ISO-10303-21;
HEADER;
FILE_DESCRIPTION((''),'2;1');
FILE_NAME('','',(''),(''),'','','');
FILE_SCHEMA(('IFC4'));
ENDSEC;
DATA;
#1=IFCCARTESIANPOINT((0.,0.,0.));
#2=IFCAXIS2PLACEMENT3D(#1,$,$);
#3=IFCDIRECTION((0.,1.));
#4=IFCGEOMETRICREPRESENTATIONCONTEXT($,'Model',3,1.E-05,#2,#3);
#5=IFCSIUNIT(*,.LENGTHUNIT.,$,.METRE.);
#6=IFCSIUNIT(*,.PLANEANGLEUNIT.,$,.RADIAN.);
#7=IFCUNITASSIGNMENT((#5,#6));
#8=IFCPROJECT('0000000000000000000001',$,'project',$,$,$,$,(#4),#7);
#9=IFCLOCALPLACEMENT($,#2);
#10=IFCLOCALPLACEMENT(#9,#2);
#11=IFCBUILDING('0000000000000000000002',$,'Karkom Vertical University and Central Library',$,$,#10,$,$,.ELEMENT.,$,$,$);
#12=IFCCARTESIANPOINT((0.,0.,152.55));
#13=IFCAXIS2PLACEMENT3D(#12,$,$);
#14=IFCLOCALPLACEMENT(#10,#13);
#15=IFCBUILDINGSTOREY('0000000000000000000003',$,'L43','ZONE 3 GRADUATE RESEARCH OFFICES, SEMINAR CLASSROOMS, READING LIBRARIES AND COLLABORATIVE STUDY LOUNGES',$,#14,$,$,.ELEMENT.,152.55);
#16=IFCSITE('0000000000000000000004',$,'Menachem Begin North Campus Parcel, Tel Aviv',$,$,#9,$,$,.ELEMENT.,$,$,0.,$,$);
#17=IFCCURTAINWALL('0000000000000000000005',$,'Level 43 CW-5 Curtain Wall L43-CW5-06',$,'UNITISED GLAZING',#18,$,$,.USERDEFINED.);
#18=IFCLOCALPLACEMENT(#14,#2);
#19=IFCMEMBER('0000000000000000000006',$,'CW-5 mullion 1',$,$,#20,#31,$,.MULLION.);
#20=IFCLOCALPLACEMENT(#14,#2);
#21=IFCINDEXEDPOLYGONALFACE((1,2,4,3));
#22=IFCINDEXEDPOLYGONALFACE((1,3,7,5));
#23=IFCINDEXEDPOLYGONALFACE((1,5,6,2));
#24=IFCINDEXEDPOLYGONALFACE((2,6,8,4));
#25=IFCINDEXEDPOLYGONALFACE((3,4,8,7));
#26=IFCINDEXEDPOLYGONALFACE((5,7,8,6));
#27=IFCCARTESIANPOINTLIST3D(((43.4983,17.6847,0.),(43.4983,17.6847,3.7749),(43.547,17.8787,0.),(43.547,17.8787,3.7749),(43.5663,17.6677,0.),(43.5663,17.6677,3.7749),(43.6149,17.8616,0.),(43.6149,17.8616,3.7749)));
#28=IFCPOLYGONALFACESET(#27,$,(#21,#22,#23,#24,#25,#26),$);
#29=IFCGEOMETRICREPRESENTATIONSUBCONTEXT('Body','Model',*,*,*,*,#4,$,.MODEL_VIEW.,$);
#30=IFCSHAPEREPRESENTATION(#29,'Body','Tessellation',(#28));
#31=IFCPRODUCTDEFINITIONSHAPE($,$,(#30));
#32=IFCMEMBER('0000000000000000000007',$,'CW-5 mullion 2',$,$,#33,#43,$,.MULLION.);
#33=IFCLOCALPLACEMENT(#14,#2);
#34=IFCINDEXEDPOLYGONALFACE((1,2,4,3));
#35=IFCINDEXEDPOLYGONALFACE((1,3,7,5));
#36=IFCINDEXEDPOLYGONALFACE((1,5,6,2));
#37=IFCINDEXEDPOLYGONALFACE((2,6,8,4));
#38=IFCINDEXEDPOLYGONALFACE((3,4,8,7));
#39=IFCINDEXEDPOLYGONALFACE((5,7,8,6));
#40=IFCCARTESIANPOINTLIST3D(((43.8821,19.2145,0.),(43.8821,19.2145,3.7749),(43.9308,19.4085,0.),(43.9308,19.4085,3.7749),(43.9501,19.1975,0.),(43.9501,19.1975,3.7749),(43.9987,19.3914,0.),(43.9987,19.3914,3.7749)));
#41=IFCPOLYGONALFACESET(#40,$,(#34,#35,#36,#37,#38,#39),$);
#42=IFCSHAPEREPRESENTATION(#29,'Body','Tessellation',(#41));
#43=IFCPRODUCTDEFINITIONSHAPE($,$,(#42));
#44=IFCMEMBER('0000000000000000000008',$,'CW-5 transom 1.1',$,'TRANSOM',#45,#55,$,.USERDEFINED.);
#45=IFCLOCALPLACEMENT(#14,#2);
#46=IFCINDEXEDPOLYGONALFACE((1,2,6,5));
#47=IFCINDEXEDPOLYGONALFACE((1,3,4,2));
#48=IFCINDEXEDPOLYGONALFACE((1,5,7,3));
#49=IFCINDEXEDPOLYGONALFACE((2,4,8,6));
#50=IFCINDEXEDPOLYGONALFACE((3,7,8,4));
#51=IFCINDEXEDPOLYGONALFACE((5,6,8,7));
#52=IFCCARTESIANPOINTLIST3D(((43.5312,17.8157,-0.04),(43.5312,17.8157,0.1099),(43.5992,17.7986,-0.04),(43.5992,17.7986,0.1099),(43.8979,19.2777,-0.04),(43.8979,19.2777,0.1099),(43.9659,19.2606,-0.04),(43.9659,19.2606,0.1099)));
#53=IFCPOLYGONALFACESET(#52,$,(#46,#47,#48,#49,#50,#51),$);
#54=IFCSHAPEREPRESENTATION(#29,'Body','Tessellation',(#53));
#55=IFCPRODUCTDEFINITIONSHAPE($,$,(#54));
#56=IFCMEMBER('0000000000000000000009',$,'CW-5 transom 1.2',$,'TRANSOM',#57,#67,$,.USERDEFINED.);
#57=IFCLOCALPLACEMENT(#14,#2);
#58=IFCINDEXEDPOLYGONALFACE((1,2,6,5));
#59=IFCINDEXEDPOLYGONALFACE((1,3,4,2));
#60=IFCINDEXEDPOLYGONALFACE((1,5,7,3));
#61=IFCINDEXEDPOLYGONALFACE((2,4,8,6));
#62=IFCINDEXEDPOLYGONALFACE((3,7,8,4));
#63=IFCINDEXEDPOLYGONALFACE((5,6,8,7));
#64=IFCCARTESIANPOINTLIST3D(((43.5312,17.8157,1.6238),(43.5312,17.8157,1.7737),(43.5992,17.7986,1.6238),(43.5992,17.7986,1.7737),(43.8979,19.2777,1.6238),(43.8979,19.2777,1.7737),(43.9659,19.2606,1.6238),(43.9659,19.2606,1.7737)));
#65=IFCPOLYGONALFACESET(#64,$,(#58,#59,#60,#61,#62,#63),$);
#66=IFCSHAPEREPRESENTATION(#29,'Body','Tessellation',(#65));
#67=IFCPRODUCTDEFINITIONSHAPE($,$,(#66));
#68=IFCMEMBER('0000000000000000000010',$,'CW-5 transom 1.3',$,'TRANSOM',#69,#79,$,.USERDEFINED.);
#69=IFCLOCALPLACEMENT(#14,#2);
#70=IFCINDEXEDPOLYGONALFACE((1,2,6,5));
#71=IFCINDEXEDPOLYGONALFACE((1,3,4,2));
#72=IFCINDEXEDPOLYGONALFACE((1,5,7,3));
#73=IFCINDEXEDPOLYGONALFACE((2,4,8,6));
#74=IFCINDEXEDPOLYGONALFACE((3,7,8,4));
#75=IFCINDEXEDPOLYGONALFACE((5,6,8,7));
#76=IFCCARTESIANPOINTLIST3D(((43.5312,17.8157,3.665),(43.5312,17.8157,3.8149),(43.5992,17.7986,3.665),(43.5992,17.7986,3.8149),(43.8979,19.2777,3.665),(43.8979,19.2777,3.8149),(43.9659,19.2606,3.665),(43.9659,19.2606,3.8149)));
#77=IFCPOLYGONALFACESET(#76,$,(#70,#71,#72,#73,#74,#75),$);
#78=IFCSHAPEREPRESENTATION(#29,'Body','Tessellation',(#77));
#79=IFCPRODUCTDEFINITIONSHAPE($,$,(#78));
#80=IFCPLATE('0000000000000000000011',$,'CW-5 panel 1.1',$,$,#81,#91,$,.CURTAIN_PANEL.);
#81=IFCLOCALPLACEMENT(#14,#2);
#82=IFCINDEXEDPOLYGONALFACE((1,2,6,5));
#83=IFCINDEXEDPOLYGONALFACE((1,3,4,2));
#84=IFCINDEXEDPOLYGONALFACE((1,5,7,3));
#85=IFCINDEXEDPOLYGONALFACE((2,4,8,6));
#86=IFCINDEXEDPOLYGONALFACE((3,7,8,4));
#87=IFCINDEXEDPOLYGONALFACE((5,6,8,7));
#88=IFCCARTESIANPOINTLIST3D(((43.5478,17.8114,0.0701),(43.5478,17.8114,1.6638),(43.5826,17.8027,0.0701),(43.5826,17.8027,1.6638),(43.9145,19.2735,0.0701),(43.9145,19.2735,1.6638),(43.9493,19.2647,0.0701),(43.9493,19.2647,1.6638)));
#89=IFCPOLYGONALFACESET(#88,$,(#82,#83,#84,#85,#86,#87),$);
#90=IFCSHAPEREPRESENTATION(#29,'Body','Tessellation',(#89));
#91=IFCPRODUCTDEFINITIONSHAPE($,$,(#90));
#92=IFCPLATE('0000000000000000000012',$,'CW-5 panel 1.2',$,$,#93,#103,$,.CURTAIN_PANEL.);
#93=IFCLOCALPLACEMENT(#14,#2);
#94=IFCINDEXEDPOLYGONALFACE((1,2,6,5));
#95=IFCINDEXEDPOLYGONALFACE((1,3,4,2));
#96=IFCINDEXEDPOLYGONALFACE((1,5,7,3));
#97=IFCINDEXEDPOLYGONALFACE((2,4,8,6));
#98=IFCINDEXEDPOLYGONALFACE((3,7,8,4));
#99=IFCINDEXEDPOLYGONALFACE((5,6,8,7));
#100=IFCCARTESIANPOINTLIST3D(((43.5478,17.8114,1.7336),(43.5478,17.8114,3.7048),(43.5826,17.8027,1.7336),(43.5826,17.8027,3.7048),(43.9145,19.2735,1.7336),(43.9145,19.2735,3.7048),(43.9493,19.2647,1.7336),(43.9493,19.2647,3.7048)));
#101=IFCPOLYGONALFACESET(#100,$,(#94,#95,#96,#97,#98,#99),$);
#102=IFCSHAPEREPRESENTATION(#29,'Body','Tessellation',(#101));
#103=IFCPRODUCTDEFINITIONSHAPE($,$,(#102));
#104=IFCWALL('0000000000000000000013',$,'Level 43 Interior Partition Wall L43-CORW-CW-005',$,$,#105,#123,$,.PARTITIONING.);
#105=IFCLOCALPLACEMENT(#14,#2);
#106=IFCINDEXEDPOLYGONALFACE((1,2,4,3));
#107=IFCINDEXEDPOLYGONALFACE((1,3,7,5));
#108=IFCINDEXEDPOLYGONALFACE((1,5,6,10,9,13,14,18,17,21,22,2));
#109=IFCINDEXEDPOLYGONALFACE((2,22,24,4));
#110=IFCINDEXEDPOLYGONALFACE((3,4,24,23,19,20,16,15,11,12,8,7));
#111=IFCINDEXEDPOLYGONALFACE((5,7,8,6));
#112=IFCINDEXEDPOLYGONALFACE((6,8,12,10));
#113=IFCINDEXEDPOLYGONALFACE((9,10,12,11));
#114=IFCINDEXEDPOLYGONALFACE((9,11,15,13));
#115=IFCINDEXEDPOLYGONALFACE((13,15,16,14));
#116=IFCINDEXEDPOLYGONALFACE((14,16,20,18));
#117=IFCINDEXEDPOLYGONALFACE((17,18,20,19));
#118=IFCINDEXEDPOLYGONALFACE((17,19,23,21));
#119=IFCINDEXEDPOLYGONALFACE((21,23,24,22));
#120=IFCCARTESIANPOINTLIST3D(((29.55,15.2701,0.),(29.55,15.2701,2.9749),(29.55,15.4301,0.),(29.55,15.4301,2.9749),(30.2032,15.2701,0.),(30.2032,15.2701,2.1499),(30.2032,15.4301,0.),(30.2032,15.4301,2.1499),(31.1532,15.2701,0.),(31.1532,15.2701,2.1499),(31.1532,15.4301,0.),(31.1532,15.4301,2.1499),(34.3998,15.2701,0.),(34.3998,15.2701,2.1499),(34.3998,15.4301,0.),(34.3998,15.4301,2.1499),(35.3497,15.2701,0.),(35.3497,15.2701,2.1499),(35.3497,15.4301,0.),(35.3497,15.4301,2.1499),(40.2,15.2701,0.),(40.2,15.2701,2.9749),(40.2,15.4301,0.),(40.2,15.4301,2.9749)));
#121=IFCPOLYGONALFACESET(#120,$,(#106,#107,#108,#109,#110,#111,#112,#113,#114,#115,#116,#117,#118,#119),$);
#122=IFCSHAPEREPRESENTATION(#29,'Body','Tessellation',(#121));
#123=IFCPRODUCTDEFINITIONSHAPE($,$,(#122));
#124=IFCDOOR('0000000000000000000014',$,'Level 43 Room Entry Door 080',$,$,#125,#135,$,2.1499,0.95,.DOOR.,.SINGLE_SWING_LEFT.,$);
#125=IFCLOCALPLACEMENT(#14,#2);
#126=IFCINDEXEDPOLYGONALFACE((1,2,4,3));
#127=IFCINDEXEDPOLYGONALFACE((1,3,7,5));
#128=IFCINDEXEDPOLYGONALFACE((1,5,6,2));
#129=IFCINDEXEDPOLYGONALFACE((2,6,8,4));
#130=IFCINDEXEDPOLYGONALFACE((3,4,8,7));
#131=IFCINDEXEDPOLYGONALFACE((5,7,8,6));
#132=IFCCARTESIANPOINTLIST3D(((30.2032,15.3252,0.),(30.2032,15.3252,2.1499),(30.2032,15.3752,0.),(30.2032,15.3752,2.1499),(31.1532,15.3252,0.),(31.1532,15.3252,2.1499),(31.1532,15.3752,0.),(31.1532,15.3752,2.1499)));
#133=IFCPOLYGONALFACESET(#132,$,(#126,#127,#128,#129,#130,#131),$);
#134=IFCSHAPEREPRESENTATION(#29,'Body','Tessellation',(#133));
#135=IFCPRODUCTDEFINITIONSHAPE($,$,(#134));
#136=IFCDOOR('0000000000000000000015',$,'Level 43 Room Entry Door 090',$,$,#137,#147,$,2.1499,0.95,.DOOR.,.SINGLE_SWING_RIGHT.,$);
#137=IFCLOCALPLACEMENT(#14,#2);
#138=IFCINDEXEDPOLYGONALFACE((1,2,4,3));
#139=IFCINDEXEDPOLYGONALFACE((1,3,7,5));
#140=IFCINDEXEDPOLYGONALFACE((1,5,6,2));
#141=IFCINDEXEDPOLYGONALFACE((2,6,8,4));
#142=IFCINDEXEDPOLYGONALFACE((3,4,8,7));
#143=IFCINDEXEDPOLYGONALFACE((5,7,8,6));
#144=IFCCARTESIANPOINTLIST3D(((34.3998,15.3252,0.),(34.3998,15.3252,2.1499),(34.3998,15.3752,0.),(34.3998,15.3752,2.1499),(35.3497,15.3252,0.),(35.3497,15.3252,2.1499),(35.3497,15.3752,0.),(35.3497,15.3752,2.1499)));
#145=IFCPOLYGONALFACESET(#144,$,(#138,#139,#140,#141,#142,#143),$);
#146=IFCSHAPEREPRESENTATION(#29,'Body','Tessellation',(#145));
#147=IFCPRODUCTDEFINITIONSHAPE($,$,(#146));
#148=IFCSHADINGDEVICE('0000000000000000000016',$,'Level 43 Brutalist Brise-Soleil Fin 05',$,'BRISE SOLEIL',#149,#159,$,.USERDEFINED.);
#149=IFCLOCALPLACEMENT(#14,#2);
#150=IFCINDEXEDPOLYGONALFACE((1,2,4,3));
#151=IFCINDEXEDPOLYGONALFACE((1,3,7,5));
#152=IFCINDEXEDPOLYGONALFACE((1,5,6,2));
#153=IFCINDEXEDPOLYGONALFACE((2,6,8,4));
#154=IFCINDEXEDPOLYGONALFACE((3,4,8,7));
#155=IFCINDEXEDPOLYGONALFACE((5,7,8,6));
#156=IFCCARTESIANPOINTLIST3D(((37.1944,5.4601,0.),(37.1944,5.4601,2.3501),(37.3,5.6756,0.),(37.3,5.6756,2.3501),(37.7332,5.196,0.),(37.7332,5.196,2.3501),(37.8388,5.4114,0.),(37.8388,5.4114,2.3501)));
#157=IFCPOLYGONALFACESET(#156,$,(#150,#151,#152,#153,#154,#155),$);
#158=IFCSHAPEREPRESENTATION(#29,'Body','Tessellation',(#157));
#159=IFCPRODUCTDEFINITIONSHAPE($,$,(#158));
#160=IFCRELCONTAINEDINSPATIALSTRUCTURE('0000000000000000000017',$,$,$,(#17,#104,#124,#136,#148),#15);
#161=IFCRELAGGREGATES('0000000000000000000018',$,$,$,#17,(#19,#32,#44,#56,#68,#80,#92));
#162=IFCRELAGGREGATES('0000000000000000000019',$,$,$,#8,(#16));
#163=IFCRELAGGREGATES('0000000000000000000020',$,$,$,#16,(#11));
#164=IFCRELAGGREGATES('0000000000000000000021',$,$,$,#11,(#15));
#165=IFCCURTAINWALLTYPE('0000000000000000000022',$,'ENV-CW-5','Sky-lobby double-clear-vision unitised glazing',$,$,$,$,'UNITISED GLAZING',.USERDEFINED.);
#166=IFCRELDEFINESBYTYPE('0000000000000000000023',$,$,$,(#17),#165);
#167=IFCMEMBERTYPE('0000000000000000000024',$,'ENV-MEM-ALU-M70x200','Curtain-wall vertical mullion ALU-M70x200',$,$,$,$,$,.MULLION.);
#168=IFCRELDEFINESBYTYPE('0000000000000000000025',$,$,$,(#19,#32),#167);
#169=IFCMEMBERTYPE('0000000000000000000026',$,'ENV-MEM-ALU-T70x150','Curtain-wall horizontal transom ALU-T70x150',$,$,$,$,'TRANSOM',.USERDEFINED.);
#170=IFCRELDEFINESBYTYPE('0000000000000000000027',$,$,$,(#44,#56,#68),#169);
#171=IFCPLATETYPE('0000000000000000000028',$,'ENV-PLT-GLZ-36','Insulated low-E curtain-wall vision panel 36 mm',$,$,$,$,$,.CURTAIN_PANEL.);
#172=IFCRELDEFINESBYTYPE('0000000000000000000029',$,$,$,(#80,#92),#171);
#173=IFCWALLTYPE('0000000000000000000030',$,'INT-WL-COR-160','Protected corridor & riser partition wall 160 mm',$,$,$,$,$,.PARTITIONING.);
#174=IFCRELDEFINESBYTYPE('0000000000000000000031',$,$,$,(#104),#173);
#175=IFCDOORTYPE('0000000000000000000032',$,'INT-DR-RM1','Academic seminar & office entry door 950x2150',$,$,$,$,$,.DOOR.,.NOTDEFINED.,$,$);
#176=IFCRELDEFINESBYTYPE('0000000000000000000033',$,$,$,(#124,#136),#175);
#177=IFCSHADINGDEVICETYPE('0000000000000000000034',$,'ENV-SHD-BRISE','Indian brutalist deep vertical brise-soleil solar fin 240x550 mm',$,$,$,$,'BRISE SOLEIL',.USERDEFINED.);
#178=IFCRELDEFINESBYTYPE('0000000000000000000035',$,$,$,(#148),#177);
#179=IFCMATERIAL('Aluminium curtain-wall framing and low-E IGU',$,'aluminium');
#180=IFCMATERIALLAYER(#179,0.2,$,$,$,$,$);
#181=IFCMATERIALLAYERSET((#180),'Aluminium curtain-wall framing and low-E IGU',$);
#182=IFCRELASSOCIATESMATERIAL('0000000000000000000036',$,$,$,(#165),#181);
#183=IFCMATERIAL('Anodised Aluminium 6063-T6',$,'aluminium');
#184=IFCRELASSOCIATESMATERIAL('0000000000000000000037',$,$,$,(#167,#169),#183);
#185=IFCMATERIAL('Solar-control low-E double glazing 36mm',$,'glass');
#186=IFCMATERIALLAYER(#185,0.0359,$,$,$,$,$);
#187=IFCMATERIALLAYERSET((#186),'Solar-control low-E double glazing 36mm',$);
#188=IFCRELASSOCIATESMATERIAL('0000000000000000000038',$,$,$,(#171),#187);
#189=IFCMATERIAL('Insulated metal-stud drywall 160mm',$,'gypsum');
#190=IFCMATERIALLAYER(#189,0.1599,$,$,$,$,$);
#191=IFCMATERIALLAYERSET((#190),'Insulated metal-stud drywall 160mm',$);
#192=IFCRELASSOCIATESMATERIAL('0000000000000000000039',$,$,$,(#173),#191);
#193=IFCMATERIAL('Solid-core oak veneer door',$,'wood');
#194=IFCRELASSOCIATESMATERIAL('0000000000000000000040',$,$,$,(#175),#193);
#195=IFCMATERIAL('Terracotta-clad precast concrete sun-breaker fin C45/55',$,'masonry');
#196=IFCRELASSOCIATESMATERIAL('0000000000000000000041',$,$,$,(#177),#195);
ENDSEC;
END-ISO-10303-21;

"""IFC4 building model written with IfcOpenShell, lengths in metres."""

from ifc_helpers import new_model, si_unit, direction, frame, frame_2d, origin, origin_with_axes, origin_2d, place, context, subcontext, project, spatial, rectangle, extrude, source, transform, mapped, material, layer, layer_set, material_profile, profile_set, type_object, element, fill, aggregate, save


model = new_model("IFC4")

# Units and contexts
model_context = context("Model", 3, precision=1e-05, world=origin(), true_north=direction((0.0, 1.0)))
body_context = subcontext(model_context, "Body", "Model", "MODEL_VIEW")
ifc_project = project(units=[si_unit("LENGTHUNIT", "METRE"), si_unit("PLANEANGLEUNIT", "RADIAN")], contexts=[model_context])

# Site, building, storey
site_placement = place(None, origin())
site = spatial("IfcSite", under=ifc_project, at=site_placement, Name="Menachem Begin North Campus Parcel, Tel Aviv", CompositionType="ELEMENT", RefElevation=0.0)
building_placement = place(site_placement, origin())
building = spatial("IfcBuilding", under=site, at=building_placement, Name="Karkom Vertical University and Central Library", CompositionType="ELEMENT")
storey_placement = place(building_placement, frame((0.0, 0.0, 152.55)))
storey = spatial("IfcBuildingStorey", under=building, at=storey_placement, Name="L43", Description="ZONE 3 GRADUATE RESEARCH OFFICES, SEMINAR CLASSROOMS, READING LIBRARIES AND COLLABORATIVE STUDY LOUNGES", CompositionType="ELEMENT", Elevation=152.55)

# Curtain wall, members, plates
ifc_material_1 = material(Name="Aluminium curtain-wall framing and low-E IGU", Category="aluminium")
ifc_layer_1 = layer(ifc_material_1, 0.2)
ifc_layer_set_1 = layer_set([ifc_layer_1], Name="Aluminium curtain-wall framing and low-E IGU")
curtain_wall_type = type_object("IfcCurtainWallType", Name="ENV-CW-5", Description="Sky-lobby double-clear-vision unitised glazing", ElementType="UNITISED GLAZING", PredefinedType="USERDEFINED", material=ifc_layer_set_1)
curtain_wall_placement = place(storey_placement, origin())
curtain_wall = element("IfcCurtainWall", 1, at=curtain_wall_placement, inside=storey, type_object=curtain_wall_type, Name="Level 43 CW-5 Curtain Wall L43-CW5-06", ObjectType="UNITISED GLAZING", PredefinedType="USERDEFINED")
ifc_material_2 = material(Name="Anodised Aluminium 6063-T6", Category="aluminium")
ifc_material_profile_1 = material_profile(ifc_material_2, rectangle(XDim=0.0701, YDim=0.2, at=origin_2d()), Name="ALU-M70x200")
ifc_profile_set_1 = profile_set([ifc_material_profile_1], Name="Anodised Aluminium 6063-T6")
member_type_1 = type_object("IfcMemberType", Name="ENV-MEM-ALU-M70x200", Description="Curtain-wall vertical mullion ALU-M70x200", PredefinedType="MULLION", material=ifc_profile_set_1)
shared_shape_1 = source(origin_with_axes(), body_context, "Body", "SweptSolid", [
    extrude(rectangle(XDim=0.0701, YDim=0.2, at=origin_2d()), origin(), (0.0, 0.0, 1.0), 3.7749),
])
member_1_placement = place(storey_placement, frame((43.5566, 17.7732, 0.0), z_axis=(0.0, 0.0, 1.0), x_axis=(-0.969956, 0.24328, 0.0)))
member_1 = element("IfcMember", 2, at=member_1_placement, type_object=member_type_1, Name="CW-5 mullion 1", PredefinedType="MULLION", context=body_context, shape_type="MappedRepresentation", body=[
    mapped(shared_shape_1, transform((0.0, 0.0, 0.0), scale=1.0)),
])
member_2_placement = place(storey_placement, frame((43.9404, 19.303, 0.0), z_axis=(0.0, 0.0, 1.0), x_axis=(-0.969956, 0.24328, 0.0)))
member_2 = element("IfcMember", 3, at=member_2_placement, type_object=member_type_1, Name="CW-5 mullion 2", PredefinedType="MULLION", context=body_context, shape_type="MappedRepresentation", body=[
    mapped(shared_shape_1, transform((0.0, 0.0, 0.0), scale=1.0)),
])
ifc_material_profile_2 = material_profile(ifc_material_2, rectangle(XDim=0.0701, YDim=0.1499, at=origin_2d()), Name="ALU-T70x150")
ifc_profile_set_2 = profile_set([ifc_material_profile_2], Name="Anodised Aluminium 6063-T6")
member_type_2 = type_object("IfcMemberType", Name="ENV-MEM-ALU-T70x150", Description="Curtain-wall horizontal transom ALU-T70x150", ElementType="TRANSOM", PredefinedType="USERDEFINED", material=ifc_profile_set_2)
shared_shape_2 = source(origin_with_axes(), body_context, "Body", "SweptSolid", [
    extrude(rectangle(XDim=0.0701, YDim=0.1499, at=origin_2d()), origin(), (0.0, 0.0, 1.0), 1.5073),
])
member_3_placement = place(storey_placement, frame((43.5652, 17.8071, 0.0349), z_axis=(0.243298, 0.969952, 0.0), x_axis=(-0.969952, 0.243298, 0.0)))
member_3 = element("IfcMember", 4, at=member_3_placement, type_object=member_type_2, Name="CW-5 transom 1.1", ObjectType="TRANSOM", PredefinedType="USERDEFINED", context=body_context, shape_type="MappedRepresentation", body=[
    mapped(shared_shape_2, transform((0.0, 0.0, 0.0), scale=1.0)),
])
member_4_placement = place(storey_placement, frame((43.5652, 17.8071, 1.6987), z_axis=(0.243298, 0.969952, 0.0), x_axis=(-0.969952, 0.243298, 0.0)))
member_4 = element("IfcMember", 5, at=member_4_placement, type_object=member_type_2, Name="CW-5 transom 1.2", ObjectType="TRANSOM", PredefinedType="USERDEFINED", context=body_context, shape_type="MappedRepresentation", body=[
    mapped(shared_shape_2, transform((0.0, 0.0, 0.0), scale=1.0)),
])
member_5_placement = place(storey_placement, frame((43.5652, 17.8071, 3.74), z_axis=(0.243298, 0.969952, 0.0), x_axis=(-0.969952, 0.243298, 0.0)))
member_5 = element("IfcMember", 6, at=member_5_placement, type_object=member_type_2, Name="CW-5 transom 1.3", ObjectType="TRANSOM", PredefinedType="USERDEFINED", context=body_context, shape_type="MappedRepresentation", body=[
    mapped(shared_shape_2, transform((0.0, 0.0, 0.0), scale=1.0)),
])
ifc_material_3 = material(Name="Solar-control low-E double glazing 36mm", Category="glass")
ifc_layer_2 = layer(ifc_material_3, 0.0359)
ifc_layer_set_2 = layer_set([ifc_layer_2], Name="Solar-control low-E double glazing 36mm")
plate_type = type_object("IfcPlateType", Name="ENV-PLT-GLZ-36", Description="Insulated low-E curtain-wall vision panel 36 mm", PredefinedType="CURTAIN_PANEL", material=ifc_layer_set_2)
shared_shape_3 = source(origin_with_axes(), body_context, "Body", "SweptSolid", [
    extrude(rectangle(XDim=1.5073, YDim=0.0359, at=origin_2d()), origin(), (0.0, 0.0, 1.0), 1.5938),
])
plate_1_placement = place(storey_placement, frame((43.7485, 18.5381, 0.0701), z_axis=(0.0, 0.0, 1.0), x_axis=(0.24328, 0.969956, 0.0)))
plate_1 = element("IfcPlate", 7, at=plate_1_placement, type_object=plate_type, Name="CW-5 panel 1.1", PredefinedType="CURTAIN_PANEL", context=body_context, shape_type="MappedRepresentation", body=[
    mapped(shared_shape_3, transform((0.0, 0.0, 0.0), scale=1.0)),
])
shared_shape_4 = source(origin_with_axes(), body_context, "Body", "SweptSolid", [
    extrude(rectangle(XDim=1.5073, YDim=0.0359, at=origin_2d()), origin(), (0.0, 0.0, 1.0), 1.9712),
])
plate_2_placement = place(storey_placement, frame((43.7485, 18.5381, 1.7336), z_axis=(0.0, 0.0, 1.0), x_axis=(0.24328, 0.969956, 0.0)))
plate_2 = element("IfcPlate", 8, at=plate_2_placement, type_object=plate_type, Name="CW-5 panel 1.2", PredefinedType="CURTAIN_PANEL", context=body_context, shape_type="MappedRepresentation", body=[
    mapped(shared_shape_4, transform((0.0, 0.0, 0.0), scale=1.0)),
])
aggregate(curtain_wall, [member_1, member_2, member_3, member_4, member_5, plate_1, plate_2])

# Wall, openings, doors
ifc_material_4 = material(Name="Insulated metal-stud drywall 160mm", Category="gypsum")
ifc_layer_3 = layer(ifc_material_4, 0.1599)
ifc_layer_set_3 = layer_set([ifc_layer_3], Name="Insulated metal-stud drywall 160mm")
wall_type = type_object("IfcWallType", Name="INT-WL-COR-160", Description="Protected corridor & riser partition wall 160 mm", PredefinedType="PARTITIONING", material=ifc_layer_set_3)
wall_placement = place(storey_placement, frame((40.2, 15.3501, 0.0), z_axis=(0.0, 0.0, 1.0), x_axis=(-1.0, 0.0, 0.0)))
wall = element("IfcWall", 9, at=wall_placement, inside=storey, type_object=wall_type, Name="Level 43 Interior Partition Wall L43-CORW-CW-005", PredefinedType="PARTITIONING", context=body_context, shape_type="SweptSolid", body=[
    extrude(rectangle(XDim=10.6499, YDim=0.1599, at=frame_2d((5.325, 0.0))), origin(), (0.0, 0.0, 1.0), 2.9749),
])
opening_1_placement = place(wall_placement, frame((9.0466, 0.0, 0.0)))
opening_1 = element("IfcOpeningElement", 10, at=opening_1_placement, cuts=wall, PredefinedType="OPENING", context=body_context, shape_type="SweptSolid", body=[
    extrude(rectangle(XDim=0.95, YDim=2.1499, at=frame_2d((0.4751, 1.075))), frame((0.0, 0.0898, 0.0), z_axis=(0.0, -1.0, 0.0), x_axis=(1.0, 0.0, 0.0)), (0.0, 0.0, 1.0), 0.1799),
])
opening_2_placement = place(wall_placement, frame((4.8501, 0.0, 0.0)))
opening_2 = element("IfcOpeningElement", 11, at=opening_2_placement, cuts=wall, PredefinedType="OPENING", context=body_context, shape_type="SweptSolid", body=[
    extrude(rectangle(XDim=0.95, YDim=2.1499, at=frame_2d((0.4751, 1.075))), frame((0.0, 0.0898, 0.0), z_axis=(0.0, -1.0, 0.0), x_axis=(1.0, 0.0, 0.0)), (0.0, 0.0, 1.0), 0.1799),
])
ifc_material_5 = material(Name="Solid-core oak veneer door", Category="wood")
door_type = type_object("IfcDoorType", Name="INT-DR-RM1", Description="Academic seminar & office entry door 950x2150", OperationType="NOTDEFINED", PredefinedType="DOOR", material=ifc_material_5)
shared_shape_5 = source(origin_with_axes(), body_context, "Body", "SweptSolid", [
    extrude(rectangle(XDim=0.95, YDim=2.1499, at=frame_2d((0.4751, 1.075))), frame((0.0, 0.0249, 0.0), z_axis=(0.0, -1.0, 0.0), x_axis=(1.0, 0.0, 0.0)), (0.0, 0.0, 1.0), 0.05),
])
door_1_placement = place(opening_1_placement, origin())
door_1 = element("IfcDoor", 12, at=door_1_placement, inside=storey, type_object=door_type, Name="Level 43 Room Entry Door 080", OperationType="SINGLE_SWING_LEFT", OverallHeight=2.1499, OverallWidth=0.95, PredefinedType="DOOR", context=body_context, shape_type="MappedRepresentation", body=[
    mapped(shared_shape_5, transform((0.0, 0.0, 0.0), scale=1.0)),
])
fill(opening_1, door_1)
door_2_placement = place(opening_2_placement, origin())
door_2 = element("IfcDoor", 13, at=door_2_placement, inside=storey, type_object=door_type, Name="Level 43 Room Entry Door 090", OperationType="SINGLE_SWING_RIGHT", OverallHeight=2.1499, OverallWidth=0.95, PredefinedType="DOOR", context=body_context, shape_type="MappedRepresentation", body=[
    mapped(shared_shape_5, transform((0.0, 0.0, 0.0), scale=1.0)),
])
fill(opening_2, door_2)

# Shading device
ifc_material_6 = material(Name="Terracotta-clad precast concrete sun-breaker fin C45/55", Category="masonry")
shading_device_type = type_object("IfcShadingDeviceType", Name="ENV-SHD-BRISE", Description="Indian brutalist deep vertical brise-soleil solar fin 240x550 mm", ElementType="BRISE SOLEIL", PredefinedType="USERDEFINED", material=ifc_material_6)
shared_shape_6 = source(origin_with_axes(), body_context, "Body", "SweptSolid", [
    extrude(rectangle(XDim=0.24, YDim=0.6001, at=origin_2d()), origin(), (0.0, 0.0, 1.0), 2.3501),
])
shading_device_placement = place(storey_placement, frame((37.5166, 5.4358, 0.0), z_axis=(0.0, 0.0, 1.0), x_axis=(0.440253, 0.897874, 0.0)))
element("IfcShadingDevice", 14, at=shading_device_placement, inside=storey, type_object=shading_device_type, Name="Level 43 Brutalist Brise-Soleil Fin 05", ObjectType="BRISE SOLEIL", PredefinedType="USERDEFINED", context=body_context, shape_type="MappedRepresentation", body=[
    mapped(shared_shape_6, transform((0.0, 0.0, 0.0), scale=1.0)),
])

save(model, "model.ifc")
